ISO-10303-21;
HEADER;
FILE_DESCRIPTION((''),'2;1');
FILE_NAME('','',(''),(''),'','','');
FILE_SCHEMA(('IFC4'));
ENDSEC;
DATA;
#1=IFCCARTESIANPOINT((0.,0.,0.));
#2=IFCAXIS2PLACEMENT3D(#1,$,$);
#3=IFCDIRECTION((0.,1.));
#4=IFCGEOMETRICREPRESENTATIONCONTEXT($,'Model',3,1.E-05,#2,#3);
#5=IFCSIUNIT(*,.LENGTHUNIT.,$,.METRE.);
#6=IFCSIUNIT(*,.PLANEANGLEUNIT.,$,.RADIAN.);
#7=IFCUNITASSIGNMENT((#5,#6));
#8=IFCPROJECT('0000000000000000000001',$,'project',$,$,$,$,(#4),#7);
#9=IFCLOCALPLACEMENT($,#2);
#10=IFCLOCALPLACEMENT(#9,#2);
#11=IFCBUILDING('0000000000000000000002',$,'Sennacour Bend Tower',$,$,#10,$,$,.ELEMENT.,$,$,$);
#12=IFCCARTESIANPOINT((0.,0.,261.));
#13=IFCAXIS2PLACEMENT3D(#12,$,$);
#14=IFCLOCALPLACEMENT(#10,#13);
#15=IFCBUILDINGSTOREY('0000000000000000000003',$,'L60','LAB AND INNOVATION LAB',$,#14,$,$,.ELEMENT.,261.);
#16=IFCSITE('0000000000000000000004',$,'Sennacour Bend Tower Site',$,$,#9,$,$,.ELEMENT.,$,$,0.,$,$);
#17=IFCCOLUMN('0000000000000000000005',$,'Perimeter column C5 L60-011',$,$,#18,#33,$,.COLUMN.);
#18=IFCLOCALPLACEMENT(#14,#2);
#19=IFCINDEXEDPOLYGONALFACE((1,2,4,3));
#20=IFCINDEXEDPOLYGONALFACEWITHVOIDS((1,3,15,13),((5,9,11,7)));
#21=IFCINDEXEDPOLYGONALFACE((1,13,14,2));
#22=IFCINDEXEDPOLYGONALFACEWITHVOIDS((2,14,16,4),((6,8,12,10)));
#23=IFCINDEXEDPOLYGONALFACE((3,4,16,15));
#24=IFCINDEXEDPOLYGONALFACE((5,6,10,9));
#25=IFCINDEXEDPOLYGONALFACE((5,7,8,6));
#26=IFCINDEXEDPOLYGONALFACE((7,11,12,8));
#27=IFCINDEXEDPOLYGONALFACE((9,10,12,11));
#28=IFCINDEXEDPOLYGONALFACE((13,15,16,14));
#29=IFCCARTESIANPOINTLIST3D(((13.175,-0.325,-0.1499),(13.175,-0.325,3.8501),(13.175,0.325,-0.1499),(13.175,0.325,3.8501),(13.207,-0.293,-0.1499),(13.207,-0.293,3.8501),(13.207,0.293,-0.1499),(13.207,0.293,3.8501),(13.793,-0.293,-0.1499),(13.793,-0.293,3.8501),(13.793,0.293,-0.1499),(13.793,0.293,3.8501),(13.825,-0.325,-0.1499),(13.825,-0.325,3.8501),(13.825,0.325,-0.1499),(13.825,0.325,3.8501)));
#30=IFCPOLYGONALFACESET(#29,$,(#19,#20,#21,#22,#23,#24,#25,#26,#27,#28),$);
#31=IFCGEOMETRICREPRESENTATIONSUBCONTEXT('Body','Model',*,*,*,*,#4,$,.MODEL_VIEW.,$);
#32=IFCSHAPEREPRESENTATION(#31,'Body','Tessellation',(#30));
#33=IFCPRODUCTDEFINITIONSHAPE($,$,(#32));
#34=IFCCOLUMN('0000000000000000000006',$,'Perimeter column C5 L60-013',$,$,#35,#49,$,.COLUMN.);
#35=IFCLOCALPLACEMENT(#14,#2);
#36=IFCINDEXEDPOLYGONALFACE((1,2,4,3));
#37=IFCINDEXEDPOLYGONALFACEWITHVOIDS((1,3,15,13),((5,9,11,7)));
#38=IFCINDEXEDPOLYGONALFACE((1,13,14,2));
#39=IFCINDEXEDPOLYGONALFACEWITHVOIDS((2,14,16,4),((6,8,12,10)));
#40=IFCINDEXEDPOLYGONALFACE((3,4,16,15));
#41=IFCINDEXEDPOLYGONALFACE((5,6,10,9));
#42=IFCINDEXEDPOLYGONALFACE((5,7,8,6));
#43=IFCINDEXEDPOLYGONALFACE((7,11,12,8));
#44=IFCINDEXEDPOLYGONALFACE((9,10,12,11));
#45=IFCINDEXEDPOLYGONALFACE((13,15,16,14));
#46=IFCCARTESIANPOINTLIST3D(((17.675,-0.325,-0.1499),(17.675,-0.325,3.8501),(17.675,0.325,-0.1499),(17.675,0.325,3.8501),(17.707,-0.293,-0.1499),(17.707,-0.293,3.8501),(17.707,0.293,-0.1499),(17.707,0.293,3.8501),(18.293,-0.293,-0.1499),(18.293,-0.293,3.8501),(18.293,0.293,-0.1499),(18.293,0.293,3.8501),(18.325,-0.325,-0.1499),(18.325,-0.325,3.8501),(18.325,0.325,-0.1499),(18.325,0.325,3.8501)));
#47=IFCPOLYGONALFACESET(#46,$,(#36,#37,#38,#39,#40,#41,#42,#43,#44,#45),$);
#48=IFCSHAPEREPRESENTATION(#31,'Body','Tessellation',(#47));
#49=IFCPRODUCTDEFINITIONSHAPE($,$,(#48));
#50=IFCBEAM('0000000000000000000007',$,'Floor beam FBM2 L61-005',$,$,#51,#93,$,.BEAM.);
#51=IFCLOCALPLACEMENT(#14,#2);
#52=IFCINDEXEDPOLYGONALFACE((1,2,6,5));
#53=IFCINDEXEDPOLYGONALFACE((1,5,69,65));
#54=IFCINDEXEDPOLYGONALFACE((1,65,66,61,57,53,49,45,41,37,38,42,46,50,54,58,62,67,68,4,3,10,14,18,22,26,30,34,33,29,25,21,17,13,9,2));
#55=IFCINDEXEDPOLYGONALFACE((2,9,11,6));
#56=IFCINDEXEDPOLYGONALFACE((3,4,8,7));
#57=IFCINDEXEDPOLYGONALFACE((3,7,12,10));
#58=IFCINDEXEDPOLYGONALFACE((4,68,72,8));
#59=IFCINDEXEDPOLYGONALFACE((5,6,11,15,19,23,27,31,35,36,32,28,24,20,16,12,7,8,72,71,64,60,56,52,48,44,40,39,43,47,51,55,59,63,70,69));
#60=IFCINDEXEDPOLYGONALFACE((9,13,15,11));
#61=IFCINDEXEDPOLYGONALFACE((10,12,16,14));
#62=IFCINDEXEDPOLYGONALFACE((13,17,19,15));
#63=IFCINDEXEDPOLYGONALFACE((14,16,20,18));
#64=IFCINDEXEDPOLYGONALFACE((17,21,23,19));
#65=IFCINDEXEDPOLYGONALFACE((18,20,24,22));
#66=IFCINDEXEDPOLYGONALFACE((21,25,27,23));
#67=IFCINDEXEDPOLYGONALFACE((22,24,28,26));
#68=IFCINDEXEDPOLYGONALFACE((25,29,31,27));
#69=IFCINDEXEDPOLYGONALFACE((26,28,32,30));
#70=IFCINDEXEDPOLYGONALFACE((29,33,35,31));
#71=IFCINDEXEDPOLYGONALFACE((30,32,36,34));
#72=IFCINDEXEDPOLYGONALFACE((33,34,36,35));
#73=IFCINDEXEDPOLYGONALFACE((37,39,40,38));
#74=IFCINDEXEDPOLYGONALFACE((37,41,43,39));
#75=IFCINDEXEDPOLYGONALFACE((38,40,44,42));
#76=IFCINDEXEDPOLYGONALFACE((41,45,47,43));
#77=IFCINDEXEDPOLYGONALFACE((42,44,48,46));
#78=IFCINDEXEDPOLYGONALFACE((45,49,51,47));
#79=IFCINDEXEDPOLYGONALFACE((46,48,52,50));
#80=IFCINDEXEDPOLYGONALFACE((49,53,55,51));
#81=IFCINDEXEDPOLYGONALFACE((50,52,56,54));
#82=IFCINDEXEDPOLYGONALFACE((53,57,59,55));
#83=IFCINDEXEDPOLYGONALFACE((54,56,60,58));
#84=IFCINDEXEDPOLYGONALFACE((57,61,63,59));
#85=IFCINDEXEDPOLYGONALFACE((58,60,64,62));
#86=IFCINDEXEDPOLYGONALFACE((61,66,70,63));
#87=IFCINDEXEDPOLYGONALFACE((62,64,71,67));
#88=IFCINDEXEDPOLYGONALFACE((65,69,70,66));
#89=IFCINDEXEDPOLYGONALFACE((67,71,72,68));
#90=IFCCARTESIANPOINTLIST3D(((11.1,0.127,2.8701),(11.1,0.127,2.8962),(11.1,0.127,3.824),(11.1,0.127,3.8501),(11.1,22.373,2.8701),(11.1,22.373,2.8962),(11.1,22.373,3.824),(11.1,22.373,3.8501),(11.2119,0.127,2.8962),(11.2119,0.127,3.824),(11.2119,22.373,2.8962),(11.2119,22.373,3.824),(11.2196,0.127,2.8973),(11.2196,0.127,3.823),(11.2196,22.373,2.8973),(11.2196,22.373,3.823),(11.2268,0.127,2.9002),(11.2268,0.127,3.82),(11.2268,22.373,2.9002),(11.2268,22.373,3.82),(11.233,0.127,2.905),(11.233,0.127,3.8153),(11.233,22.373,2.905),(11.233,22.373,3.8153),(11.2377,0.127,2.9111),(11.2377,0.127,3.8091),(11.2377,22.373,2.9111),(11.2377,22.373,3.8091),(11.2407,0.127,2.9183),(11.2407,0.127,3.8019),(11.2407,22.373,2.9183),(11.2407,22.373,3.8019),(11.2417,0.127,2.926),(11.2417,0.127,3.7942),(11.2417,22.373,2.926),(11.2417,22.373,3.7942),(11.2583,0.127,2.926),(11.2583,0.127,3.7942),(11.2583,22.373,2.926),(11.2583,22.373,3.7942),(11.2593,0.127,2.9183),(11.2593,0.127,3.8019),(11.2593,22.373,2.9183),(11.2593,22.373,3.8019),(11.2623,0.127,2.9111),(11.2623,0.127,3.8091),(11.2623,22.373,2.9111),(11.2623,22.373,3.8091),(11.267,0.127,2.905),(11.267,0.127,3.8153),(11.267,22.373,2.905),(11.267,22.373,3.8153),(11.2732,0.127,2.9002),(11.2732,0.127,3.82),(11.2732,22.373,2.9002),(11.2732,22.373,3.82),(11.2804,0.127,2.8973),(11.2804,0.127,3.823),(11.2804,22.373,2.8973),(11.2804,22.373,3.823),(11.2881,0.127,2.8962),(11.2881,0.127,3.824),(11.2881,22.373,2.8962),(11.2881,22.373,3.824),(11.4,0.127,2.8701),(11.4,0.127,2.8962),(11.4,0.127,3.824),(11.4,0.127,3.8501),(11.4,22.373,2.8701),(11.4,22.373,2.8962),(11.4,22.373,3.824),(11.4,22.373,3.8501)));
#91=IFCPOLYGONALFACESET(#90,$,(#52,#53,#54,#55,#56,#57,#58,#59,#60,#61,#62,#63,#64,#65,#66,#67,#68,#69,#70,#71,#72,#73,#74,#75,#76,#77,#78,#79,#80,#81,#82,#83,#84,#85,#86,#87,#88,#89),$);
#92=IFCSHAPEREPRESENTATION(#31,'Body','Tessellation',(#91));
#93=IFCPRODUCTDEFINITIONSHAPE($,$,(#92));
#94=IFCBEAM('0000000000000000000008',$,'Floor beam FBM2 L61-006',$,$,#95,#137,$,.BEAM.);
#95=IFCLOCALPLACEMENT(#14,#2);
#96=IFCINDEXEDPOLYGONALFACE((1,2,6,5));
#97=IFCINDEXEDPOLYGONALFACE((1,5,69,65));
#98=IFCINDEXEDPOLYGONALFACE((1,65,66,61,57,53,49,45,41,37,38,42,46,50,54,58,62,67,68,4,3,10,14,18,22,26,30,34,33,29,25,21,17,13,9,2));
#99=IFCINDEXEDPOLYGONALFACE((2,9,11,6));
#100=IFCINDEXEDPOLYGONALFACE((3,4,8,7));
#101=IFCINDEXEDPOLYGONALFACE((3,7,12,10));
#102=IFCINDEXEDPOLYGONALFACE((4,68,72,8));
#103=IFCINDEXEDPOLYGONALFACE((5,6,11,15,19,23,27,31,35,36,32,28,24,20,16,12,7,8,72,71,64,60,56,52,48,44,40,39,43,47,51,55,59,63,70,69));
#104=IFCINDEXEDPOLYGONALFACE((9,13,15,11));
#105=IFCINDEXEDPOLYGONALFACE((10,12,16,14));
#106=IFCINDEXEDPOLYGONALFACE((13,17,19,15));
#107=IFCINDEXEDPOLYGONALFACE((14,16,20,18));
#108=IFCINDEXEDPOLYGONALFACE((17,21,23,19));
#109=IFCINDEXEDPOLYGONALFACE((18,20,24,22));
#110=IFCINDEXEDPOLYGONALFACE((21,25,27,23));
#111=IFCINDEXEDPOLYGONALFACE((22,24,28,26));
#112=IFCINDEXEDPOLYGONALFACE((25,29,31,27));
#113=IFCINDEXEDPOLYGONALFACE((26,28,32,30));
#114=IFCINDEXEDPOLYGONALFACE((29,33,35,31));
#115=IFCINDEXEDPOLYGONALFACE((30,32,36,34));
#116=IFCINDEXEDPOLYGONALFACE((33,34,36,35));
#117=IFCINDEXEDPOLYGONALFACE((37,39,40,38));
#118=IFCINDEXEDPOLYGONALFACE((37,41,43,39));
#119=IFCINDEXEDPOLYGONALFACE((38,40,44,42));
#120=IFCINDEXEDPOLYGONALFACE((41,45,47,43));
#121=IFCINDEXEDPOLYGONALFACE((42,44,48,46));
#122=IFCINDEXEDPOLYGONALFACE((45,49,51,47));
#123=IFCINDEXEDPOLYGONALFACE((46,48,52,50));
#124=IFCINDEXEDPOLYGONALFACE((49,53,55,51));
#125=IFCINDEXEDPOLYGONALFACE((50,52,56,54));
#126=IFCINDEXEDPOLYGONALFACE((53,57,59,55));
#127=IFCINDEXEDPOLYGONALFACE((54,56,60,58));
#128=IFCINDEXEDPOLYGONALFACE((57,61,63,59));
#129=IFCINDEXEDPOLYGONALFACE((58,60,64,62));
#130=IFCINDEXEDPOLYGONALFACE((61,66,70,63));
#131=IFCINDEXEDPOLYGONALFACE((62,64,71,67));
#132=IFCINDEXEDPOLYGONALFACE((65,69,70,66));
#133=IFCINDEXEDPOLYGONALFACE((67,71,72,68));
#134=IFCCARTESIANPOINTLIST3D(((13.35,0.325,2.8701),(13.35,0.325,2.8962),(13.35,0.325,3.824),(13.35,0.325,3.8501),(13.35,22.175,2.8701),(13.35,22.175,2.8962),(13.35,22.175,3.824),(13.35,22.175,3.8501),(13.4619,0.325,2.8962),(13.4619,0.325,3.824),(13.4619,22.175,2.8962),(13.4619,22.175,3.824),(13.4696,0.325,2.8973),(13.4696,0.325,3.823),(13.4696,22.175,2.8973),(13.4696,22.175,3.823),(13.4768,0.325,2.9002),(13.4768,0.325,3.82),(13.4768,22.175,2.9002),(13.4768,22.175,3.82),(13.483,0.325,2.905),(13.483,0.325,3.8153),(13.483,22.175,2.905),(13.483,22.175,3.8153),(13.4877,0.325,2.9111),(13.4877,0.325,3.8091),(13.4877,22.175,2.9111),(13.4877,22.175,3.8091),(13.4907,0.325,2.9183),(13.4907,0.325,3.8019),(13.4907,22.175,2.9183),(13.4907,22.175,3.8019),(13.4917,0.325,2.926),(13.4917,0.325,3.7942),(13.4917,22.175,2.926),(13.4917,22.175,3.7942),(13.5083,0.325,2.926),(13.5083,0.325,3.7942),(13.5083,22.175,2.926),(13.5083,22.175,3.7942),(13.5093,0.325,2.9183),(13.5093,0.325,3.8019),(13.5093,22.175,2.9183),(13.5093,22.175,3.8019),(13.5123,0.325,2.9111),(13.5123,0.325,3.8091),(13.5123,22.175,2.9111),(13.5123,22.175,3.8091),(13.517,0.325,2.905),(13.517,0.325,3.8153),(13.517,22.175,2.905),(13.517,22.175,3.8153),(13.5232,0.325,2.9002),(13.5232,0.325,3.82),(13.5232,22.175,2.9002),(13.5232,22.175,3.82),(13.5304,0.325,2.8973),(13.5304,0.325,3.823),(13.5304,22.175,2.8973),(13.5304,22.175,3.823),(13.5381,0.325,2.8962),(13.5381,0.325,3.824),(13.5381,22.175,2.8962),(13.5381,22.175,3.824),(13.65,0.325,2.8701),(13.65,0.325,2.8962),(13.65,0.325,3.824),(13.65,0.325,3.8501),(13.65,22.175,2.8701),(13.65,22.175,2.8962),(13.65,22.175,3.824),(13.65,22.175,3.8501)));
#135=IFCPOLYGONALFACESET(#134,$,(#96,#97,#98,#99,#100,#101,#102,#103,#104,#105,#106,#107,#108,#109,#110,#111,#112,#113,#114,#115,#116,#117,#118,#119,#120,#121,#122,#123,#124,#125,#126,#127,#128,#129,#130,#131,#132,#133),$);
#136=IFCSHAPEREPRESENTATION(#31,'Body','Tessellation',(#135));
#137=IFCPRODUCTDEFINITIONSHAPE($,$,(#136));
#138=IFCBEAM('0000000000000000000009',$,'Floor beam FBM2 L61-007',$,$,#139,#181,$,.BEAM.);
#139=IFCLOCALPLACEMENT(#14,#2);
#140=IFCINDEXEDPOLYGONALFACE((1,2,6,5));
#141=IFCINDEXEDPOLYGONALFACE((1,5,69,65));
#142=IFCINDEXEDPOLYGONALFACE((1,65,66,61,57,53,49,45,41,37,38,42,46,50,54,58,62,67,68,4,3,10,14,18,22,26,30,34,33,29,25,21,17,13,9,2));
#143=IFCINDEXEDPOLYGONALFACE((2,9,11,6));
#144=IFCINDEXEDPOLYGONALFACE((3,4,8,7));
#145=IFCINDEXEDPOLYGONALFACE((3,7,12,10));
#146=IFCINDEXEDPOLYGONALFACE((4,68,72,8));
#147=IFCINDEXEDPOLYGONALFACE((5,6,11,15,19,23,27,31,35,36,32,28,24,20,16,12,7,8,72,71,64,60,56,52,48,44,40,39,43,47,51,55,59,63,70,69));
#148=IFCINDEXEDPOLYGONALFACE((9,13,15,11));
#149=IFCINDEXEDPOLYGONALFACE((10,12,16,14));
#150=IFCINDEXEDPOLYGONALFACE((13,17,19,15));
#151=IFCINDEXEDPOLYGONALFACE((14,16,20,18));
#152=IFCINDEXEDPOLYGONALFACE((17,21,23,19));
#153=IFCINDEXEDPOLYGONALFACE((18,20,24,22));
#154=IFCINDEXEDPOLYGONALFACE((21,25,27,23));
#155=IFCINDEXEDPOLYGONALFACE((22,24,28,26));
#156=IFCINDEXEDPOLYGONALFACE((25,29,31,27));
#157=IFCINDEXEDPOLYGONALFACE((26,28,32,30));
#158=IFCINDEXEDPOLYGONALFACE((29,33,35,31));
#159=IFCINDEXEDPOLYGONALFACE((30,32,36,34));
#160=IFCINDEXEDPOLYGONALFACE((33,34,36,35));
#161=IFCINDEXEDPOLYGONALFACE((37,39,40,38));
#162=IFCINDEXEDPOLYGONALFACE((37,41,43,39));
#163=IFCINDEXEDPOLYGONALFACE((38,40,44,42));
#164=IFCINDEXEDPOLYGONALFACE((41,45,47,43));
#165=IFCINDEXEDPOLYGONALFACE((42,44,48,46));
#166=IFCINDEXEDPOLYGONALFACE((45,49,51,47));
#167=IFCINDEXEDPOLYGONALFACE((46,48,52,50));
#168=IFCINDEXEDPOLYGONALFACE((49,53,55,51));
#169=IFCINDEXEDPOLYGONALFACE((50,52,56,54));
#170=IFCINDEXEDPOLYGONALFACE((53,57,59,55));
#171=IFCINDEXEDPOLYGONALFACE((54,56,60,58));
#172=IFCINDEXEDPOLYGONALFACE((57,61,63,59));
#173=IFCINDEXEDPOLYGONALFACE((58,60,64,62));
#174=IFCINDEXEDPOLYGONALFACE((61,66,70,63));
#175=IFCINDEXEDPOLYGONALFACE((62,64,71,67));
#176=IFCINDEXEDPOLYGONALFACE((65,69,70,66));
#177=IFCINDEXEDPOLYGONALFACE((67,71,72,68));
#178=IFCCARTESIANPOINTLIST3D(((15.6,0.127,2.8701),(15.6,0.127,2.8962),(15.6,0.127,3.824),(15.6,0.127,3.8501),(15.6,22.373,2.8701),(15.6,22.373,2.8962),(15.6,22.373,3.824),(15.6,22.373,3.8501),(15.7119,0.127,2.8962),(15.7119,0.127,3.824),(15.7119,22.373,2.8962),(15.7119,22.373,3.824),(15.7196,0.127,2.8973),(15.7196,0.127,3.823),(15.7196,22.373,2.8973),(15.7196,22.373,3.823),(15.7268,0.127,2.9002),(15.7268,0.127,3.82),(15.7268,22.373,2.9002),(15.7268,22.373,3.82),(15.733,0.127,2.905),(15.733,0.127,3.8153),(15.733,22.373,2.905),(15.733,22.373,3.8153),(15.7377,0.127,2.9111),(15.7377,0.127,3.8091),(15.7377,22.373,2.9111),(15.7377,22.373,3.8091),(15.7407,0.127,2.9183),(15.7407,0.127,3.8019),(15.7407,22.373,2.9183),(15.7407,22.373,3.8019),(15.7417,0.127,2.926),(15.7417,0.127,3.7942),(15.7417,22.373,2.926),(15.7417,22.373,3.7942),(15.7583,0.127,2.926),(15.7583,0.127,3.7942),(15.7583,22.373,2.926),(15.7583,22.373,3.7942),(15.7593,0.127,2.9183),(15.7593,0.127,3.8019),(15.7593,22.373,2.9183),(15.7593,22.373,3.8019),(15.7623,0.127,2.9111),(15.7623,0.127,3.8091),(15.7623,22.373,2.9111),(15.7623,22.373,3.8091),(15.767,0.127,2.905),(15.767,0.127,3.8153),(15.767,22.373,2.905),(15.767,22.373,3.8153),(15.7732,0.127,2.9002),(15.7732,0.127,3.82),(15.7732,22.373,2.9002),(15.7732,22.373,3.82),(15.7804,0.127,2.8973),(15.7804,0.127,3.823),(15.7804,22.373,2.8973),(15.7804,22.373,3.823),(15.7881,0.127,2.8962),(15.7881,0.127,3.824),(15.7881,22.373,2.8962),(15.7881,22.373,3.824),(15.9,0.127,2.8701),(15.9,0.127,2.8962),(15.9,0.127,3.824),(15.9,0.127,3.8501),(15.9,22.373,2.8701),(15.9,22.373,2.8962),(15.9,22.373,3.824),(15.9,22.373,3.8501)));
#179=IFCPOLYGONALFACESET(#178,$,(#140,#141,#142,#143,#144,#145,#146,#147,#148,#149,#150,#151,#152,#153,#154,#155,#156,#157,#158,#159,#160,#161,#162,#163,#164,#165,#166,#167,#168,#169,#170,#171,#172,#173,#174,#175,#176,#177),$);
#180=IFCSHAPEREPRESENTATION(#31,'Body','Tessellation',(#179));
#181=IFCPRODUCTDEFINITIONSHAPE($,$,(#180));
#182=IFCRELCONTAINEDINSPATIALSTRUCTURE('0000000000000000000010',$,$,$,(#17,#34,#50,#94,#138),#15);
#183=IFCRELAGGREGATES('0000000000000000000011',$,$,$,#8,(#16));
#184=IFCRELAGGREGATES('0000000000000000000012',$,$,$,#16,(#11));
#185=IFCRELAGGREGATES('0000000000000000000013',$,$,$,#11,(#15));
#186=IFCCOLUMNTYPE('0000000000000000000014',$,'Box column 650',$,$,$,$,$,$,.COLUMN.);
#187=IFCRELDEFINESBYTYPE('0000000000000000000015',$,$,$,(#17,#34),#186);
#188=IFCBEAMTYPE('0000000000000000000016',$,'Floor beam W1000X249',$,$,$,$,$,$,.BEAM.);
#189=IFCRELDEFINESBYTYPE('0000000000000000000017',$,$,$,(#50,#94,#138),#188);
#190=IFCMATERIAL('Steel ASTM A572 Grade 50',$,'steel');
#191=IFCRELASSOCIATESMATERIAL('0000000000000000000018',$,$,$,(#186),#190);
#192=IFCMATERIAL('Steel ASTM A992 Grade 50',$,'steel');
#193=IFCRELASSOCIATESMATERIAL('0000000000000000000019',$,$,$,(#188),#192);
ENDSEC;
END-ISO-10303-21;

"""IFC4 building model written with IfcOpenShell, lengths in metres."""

from ifc_helpers import new_model, si_unit, direction, frame, origin, origin_2d, place, context, subcontext, project, spatial, hollow_rectangle, i_section, extrude, material, material_profile, profile_set, type_object, element, save


model = new_model("IFC4")

# Units and contexts
model_context = context("Model", 3, precision=1e-05, world=origin(), true_north=direction((0.0, 1.0)))
body_context = subcontext(model_context, "Body", "Model", "MODEL_VIEW")
ifc_project = project(units=[si_unit("LENGTHUNIT", "METRE"), si_unit("PLANEANGLEUNIT", "RADIAN")], contexts=[model_context])

# Site, building, storey
site_placement = place(None, origin())
site = spatial("IfcSite", under=ifc_project, at=site_placement, Name="Sennacour Bend Tower Site", CompositionType="ELEMENT", RefElevation=0.0)
building_placement = place(site_placement, origin())
building = spatial("IfcBuilding", under=site, at=building_placement, Name="Sennacour Bend Tower", CompositionType="ELEMENT")
storey_placement = place(building_placement, frame((0.0, 0.0, 261.0)))
storey = spatial("IfcBuildingStorey", under=building, at=storey_placement, Name="L60", Description="LAB AND INNOVATION LAB", CompositionType="ELEMENT", Elevation=261.0)

# Columns
ifc_material_1 = material(Name="Steel ASTM A572 Grade 50", Category="steel")
ifc_material_profile_1 = material_profile(ifc_material_1, hollow_rectangle(XDim=0.6499, YDim=0.6499, WallThickness=0.032, at=origin_2d()), Name="Steel ASTM A572 Grade 50", Category="steel")
ifc_profile_set_1 = profile_set([ifc_material_profile_1], Name="Steel ASTM A572 Grade 50")
column_type = type_object("IfcColumnType", Name="Box column 650", PredefinedType="COLUMN", material=ifc_profile_set_1)
for number, where, z_axis, x_axis, name in (
    (1, (13.5, 0.0, -0.1499), (0.0, 0.0, 1.0), (1.0, 0.0, 0.0), "Perimeter column C5 L60-011"),
    (2, (18.0, 0.0, -0.1499), (0.0, 0.0, 1.0), (1.0, 0.0, 0.0), "Perimeter column C5 L60-013"),
):
    element("IfcColumn", number, at=place(storey_placement, frame(where, z_axis=z_axis, x_axis=x_axis)), inside=storey, type_object=column_type, Name=name, PredefinedType="COLUMN", context=body_context, shape_type="SweptSolid", body=[
        extrude(hollow_rectangle(XDim=0.6499, YDim=0.6499, WallThickness=0.032, at=origin_2d()), origin(), (0.0, 0.0, 1.0), 4.0),
    ])

# Beams
ifc_material_2 = material(Name="Steel ASTM A992 Grade 50", Category="steel")
ifc_material_profile_2 = material_profile(ifc_material_2, i_section(OverallWidth=0.3, OverallDepth=0.98, WebThickness=0.0166, FlangeThickness=0.0261, FilletRadius=0.0298, at=origin_2d()), Name="Steel ASTM A992 Grade 50", Category="steel")
ifc_profile_set_2 = profile_set([ifc_material_profile_2], Name="Steel ASTM A992 Grade 50")
beam_type_1 = type_object("IfcBeamType", Name="Floor beam W1000X249", PredefinedType="BEAM", material=ifc_profile_set_2)
beam_1_placement = place(storey_placement, frame((11.25, 0.127, 3.3601), z_axis=(0.0, 1.0, 0.0), x_axis=(-1.0, 0.0, 0.0)))
element("IfcBeam", 3, at=beam_1_placement, inside=storey, type_object=beam_type_1, Name="Floor beam FBM2 L61-005", PredefinedType="BEAM", context=body_context, shape_type="SweptSolid", body=[
    extrude(i_section(OverallWidth=0.3, OverallDepth=0.98, WebThickness=0.0166, FlangeThickness=0.0261, FilletRadius=0.0298, at=origin_2d()), origin(), (0.0, 0.0, 1.0), 22.2461),
])
beam_2_placement = place(storey_placement, frame((13.5, 0.325, 3.3601), z_axis=(0.0, 1.0, 0.0), x_axis=(-1.0, 0.0, 0.0)))
element("IfcBeam", 4, at=beam_2_placement, inside=storey, type_object=beam_type_1, Name="Floor beam FBM2 L61-006", PredefinedType="BEAM", context=body_context, shape_type="SweptSolid", body=[
    extrude(i_section(OverallWidth=0.3, OverallDepth=0.98, WebThickness=0.0166, FlangeThickness=0.0261, FilletRadius=0.0298, at=origin_2d()), origin(), (0.0, 0.0, 1.0), 21.8501),
])
beam_3_placement = place(storey_placement, frame((15.75, 0.127, 3.3601), z_axis=(0.0, 1.0, 0.0), x_axis=(-1.0, 0.0, 0.0)))
element("IfcBeam", 5, at=beam_3_placement, inside=storey, type_object=beam_type_1, Name="Floor beam FBM2 L61-007", PredefinedType="BEAM", context=body_context, shape_type="SweptSolid", body=[
    extrude(i_section(OverallWidth=0.3, OverallDepth=0.98, WebThickness=0.0166, FlangeThickness=0.0261, FilletRadius=0.0298, at=origin_2d()), origin(), (0.0, 0.0, 1.0), 22.2461),
])

save(model, "model.ifc")
